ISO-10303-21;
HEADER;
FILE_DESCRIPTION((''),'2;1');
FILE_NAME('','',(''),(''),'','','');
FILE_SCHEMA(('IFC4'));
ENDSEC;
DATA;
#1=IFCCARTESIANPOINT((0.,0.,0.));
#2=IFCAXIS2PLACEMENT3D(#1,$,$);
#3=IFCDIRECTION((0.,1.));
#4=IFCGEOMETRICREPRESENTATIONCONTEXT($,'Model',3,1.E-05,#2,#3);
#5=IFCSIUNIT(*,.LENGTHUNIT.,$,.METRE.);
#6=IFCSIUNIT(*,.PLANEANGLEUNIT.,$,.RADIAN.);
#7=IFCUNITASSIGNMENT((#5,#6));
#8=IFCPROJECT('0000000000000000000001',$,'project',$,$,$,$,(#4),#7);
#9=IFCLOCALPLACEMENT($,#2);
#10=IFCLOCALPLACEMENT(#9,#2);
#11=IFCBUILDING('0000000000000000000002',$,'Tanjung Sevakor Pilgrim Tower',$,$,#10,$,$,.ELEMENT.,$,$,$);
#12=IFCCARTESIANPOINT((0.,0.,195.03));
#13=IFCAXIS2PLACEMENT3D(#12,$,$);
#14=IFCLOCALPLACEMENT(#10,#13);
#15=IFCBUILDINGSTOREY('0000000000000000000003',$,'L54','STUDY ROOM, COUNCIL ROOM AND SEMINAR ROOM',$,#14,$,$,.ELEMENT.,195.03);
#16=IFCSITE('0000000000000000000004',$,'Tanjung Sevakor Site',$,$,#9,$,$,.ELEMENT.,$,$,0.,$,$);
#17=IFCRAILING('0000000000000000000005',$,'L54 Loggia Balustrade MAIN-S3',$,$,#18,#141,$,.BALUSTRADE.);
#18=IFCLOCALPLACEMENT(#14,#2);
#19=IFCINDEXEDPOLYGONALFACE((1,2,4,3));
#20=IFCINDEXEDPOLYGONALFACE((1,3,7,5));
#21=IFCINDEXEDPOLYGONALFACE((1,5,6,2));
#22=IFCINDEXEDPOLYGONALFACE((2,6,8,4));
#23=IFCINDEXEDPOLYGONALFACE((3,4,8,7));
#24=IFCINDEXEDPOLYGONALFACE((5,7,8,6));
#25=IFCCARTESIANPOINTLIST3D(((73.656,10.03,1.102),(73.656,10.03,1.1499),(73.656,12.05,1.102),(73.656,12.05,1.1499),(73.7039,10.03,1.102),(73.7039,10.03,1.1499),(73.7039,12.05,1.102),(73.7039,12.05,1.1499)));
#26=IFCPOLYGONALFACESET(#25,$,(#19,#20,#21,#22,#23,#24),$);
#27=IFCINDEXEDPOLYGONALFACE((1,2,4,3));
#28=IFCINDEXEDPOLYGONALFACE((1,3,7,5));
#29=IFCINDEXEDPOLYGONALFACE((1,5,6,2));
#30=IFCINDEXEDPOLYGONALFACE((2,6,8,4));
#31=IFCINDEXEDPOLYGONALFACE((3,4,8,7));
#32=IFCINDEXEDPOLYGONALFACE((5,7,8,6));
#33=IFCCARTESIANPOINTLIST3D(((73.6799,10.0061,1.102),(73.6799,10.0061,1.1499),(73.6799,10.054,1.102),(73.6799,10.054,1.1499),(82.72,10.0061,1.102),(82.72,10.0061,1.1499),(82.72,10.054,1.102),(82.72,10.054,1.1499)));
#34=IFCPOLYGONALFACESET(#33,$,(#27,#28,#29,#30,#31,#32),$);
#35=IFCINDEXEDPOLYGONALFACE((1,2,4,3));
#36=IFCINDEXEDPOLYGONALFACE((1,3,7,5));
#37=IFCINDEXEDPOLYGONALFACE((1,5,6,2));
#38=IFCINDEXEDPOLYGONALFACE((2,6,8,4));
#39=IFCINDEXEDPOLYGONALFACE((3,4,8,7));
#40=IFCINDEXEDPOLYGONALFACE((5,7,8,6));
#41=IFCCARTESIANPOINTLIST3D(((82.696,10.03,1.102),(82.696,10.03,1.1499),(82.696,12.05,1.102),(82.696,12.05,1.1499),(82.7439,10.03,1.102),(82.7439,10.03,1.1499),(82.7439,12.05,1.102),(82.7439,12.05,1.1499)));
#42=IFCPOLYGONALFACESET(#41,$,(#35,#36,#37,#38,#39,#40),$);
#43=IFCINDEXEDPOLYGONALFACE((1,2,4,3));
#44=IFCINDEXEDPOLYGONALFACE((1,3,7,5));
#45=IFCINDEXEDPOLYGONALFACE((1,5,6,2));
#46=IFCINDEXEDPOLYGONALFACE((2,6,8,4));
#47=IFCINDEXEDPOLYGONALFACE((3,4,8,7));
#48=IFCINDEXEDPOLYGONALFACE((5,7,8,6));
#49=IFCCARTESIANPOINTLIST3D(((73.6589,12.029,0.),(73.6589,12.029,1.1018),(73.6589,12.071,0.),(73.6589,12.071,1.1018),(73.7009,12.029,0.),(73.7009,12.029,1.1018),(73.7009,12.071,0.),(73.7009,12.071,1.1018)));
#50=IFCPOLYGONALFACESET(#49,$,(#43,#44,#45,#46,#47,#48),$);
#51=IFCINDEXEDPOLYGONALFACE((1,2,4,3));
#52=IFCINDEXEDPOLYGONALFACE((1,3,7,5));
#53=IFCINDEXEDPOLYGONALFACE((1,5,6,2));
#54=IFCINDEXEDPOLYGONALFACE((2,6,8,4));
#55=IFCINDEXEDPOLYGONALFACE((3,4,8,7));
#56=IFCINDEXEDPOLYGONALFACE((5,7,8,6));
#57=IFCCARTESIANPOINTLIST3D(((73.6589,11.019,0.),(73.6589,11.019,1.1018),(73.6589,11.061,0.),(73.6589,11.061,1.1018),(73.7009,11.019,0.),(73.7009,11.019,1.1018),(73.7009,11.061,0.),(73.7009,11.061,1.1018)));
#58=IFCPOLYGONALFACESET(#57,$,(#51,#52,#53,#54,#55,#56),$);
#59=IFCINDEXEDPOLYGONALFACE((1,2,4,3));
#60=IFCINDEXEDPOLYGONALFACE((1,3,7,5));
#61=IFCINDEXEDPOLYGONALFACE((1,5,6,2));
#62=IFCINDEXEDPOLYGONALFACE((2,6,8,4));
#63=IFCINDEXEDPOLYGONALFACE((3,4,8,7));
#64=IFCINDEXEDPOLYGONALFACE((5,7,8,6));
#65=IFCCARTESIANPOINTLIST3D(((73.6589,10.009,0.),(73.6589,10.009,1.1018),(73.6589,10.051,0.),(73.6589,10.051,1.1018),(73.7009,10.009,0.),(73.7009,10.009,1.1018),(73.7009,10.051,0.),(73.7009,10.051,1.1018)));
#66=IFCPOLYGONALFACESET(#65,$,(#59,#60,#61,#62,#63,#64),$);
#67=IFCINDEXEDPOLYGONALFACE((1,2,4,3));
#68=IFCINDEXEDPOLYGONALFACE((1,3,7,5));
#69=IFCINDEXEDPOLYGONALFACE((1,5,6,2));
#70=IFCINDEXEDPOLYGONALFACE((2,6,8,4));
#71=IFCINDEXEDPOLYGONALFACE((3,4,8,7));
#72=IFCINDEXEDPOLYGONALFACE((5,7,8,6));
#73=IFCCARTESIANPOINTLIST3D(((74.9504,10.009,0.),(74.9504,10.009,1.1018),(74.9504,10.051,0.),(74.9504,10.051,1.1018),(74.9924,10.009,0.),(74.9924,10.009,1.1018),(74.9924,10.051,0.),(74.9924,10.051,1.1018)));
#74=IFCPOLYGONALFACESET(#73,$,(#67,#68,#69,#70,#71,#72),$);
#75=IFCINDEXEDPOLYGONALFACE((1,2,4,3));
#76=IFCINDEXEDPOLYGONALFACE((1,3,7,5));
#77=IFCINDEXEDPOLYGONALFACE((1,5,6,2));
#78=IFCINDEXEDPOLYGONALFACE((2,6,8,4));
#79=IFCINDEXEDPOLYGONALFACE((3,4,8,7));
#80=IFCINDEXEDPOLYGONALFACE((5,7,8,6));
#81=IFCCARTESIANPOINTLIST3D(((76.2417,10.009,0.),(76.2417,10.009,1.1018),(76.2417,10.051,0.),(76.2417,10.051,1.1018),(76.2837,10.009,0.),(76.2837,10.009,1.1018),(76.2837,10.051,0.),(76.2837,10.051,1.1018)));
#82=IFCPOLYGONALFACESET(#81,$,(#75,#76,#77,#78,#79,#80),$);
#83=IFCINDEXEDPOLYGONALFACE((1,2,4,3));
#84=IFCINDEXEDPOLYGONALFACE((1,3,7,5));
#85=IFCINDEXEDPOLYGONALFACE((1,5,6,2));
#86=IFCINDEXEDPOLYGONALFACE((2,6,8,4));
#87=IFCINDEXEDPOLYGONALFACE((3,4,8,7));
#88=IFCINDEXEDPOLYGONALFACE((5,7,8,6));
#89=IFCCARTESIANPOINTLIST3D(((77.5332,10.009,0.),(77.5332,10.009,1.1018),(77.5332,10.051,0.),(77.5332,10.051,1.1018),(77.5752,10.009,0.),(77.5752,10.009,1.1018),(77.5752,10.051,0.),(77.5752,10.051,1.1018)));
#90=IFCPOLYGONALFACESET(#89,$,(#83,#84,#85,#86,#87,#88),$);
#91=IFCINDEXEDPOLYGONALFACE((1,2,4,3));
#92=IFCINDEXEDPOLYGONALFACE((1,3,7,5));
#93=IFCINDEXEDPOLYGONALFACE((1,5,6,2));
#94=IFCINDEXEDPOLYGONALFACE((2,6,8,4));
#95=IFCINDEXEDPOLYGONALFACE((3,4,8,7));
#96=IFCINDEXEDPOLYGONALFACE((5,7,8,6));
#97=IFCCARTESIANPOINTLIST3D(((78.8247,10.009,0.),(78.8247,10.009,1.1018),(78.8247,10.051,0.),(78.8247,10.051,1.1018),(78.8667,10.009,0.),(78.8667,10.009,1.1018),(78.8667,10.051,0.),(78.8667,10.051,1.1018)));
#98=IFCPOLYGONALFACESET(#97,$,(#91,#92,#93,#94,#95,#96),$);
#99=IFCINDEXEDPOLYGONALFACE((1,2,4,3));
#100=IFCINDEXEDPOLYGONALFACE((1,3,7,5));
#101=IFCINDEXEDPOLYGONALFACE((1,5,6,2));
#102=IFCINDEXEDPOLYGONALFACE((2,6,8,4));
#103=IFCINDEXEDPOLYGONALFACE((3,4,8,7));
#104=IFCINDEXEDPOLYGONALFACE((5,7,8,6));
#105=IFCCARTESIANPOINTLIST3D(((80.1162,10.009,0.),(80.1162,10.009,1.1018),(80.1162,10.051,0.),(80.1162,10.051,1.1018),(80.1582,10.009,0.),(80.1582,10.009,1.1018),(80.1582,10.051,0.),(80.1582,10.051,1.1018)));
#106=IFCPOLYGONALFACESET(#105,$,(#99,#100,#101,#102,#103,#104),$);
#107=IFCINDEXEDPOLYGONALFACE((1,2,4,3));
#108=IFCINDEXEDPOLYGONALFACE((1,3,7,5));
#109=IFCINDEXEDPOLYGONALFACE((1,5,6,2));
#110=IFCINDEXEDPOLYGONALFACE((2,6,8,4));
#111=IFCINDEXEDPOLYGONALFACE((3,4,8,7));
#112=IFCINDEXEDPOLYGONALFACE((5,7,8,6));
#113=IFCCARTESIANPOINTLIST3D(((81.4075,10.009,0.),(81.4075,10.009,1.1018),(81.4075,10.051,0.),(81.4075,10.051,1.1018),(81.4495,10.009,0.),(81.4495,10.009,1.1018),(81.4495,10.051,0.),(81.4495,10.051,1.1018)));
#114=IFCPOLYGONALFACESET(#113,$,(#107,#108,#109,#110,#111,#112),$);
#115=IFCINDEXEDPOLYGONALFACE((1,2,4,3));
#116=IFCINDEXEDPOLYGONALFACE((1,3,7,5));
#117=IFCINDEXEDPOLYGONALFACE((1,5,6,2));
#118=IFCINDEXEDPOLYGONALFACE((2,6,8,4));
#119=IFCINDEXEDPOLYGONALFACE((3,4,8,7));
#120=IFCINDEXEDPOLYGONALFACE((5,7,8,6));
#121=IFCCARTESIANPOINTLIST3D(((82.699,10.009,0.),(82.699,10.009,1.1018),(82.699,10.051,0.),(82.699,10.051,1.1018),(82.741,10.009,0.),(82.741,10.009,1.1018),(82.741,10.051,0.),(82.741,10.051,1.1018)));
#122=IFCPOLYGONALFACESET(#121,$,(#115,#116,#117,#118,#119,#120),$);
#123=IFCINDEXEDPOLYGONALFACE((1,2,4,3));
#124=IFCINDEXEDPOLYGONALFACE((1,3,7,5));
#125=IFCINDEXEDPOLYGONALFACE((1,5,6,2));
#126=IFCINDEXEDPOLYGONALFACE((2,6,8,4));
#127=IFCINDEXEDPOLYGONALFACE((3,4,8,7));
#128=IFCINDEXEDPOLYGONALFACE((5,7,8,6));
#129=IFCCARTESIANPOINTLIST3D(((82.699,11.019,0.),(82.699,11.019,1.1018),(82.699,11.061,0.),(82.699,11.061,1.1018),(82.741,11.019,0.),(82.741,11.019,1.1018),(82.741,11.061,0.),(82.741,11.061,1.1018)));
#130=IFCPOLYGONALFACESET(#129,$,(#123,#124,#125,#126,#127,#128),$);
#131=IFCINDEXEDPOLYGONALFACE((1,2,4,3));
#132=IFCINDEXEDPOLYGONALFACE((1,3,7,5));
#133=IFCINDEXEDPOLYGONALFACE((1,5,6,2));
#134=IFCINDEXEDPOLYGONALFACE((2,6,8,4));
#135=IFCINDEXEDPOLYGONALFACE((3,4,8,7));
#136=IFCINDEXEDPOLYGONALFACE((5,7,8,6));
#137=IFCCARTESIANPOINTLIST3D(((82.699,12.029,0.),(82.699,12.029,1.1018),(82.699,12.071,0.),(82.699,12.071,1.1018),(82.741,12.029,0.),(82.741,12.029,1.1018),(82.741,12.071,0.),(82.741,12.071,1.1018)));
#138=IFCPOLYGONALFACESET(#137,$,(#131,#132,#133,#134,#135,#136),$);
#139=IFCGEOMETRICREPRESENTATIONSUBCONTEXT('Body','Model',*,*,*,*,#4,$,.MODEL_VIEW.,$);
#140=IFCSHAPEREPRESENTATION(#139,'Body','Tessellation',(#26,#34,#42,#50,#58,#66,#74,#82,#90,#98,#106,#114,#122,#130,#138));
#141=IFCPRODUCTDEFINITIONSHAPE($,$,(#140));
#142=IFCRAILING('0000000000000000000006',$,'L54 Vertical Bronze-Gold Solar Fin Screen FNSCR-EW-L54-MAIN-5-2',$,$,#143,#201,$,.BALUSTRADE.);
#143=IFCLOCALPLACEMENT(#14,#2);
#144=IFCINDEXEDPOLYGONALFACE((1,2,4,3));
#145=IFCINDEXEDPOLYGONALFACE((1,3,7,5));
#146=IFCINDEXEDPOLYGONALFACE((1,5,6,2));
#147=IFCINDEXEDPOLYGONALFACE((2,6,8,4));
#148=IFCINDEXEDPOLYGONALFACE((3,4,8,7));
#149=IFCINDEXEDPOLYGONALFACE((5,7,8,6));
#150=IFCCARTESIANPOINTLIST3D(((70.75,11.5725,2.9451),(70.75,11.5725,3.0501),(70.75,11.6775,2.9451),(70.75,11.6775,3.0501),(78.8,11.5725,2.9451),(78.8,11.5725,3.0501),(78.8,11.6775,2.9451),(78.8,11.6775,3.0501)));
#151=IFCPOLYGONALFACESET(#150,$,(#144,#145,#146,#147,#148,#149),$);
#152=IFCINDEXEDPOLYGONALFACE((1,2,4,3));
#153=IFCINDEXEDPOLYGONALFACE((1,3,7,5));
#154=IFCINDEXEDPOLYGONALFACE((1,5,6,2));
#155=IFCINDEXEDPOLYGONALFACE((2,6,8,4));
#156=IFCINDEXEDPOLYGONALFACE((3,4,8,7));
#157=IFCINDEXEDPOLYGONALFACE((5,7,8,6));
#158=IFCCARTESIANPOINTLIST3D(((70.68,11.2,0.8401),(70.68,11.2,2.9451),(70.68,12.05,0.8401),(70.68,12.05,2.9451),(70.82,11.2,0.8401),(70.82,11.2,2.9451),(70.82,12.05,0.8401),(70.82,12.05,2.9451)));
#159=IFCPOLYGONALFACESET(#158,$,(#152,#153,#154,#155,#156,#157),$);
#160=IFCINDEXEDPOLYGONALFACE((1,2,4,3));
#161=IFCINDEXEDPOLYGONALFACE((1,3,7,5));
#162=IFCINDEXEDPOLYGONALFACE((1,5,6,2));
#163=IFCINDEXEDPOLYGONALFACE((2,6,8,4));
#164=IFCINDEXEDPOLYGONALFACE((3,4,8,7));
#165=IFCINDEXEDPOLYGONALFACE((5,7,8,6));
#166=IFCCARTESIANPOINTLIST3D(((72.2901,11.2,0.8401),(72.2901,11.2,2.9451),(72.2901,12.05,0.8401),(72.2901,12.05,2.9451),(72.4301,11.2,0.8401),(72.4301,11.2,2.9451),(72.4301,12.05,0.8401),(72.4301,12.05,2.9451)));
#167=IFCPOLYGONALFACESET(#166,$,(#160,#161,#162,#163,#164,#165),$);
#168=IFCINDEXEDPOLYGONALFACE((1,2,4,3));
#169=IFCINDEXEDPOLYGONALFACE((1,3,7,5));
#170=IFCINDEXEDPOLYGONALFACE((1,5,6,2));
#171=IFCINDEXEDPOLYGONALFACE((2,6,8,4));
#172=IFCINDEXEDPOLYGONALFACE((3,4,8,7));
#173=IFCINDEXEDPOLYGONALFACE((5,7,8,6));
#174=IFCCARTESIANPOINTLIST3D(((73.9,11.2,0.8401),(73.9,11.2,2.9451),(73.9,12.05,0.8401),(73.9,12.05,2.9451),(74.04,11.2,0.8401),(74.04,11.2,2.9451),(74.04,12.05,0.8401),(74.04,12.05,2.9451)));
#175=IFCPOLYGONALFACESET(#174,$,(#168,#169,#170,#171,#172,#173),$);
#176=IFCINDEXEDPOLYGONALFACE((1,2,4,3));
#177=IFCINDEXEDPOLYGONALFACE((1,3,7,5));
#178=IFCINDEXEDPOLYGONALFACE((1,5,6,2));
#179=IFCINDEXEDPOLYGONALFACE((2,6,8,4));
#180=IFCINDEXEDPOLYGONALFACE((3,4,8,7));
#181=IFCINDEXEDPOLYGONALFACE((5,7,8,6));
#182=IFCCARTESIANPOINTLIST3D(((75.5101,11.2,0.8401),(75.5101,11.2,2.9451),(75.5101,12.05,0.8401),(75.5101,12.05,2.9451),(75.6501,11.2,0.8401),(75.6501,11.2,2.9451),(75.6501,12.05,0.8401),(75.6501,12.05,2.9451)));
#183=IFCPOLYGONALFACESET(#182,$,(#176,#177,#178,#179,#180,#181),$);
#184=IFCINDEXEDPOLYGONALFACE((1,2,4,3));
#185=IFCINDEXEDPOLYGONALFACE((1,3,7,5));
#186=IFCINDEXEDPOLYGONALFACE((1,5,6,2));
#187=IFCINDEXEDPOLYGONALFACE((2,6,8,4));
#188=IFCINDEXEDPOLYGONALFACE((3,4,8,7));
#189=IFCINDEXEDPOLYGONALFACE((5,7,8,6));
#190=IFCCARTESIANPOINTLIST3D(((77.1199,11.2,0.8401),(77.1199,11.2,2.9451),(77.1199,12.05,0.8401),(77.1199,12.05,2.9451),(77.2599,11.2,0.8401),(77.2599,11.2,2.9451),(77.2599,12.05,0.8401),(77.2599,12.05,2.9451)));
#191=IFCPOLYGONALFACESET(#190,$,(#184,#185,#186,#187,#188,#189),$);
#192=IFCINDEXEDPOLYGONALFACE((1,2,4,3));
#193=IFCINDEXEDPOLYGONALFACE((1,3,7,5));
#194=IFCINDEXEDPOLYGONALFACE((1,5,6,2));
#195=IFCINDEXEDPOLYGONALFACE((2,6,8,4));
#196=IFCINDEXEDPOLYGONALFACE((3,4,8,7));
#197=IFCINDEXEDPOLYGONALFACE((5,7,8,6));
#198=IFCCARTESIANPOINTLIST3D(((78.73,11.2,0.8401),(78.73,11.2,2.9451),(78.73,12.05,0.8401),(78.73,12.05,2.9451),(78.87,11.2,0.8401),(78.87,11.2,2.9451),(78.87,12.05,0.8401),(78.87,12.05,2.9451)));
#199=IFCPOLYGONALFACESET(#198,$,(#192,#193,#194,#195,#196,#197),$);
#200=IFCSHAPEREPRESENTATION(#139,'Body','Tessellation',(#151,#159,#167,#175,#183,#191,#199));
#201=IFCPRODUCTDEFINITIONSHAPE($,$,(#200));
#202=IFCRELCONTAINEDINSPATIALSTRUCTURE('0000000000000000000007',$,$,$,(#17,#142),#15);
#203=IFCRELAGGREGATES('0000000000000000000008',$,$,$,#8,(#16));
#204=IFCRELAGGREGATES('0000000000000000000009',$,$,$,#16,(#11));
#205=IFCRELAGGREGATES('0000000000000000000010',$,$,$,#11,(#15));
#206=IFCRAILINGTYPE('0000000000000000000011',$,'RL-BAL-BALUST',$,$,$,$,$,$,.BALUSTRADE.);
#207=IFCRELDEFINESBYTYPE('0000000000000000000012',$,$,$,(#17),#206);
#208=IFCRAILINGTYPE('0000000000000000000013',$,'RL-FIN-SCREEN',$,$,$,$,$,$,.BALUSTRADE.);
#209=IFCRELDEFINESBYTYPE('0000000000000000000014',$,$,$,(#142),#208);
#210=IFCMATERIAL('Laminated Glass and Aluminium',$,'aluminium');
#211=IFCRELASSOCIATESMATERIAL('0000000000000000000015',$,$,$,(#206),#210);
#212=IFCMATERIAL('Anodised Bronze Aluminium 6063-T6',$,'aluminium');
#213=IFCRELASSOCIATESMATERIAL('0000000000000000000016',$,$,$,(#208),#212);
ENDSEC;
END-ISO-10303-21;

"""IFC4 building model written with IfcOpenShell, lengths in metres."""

from ifc_helpers import new_model, si_unit, direction, frame, origin, place, context, subcontext, project, spatial, rectangle, extrude, material, type_object, element, save


model = new_model("IFC4")

# Units and contexts
model_context = context("Model", 3, precision=1e-05, world=origin(), true_north=direction((0.0, 1.0)))
body_context = subcontext(model_context, "Body", "Model", "MODEL_VIEW")
ifc_project = project(units=[si_unit("LENGTHUNIT", "METRE"), si_unit("PLANEANGLEUNIT", "RADIAN")], contexts=[model_context])

# Site, building, storey
site_placement = place(None, origin())
site = spatial("IfcSite", under=ifc_project, at=site_placement, Name="Tanjung Sevakor Site", CompositionType="ELEMENT", RefElevation=0.0)
building_placement = place(site_placement, origin())
building = spatial("IfcBuilding", under=site, at=building_placement, Name="Tanjung Sevakor Pilgrim Tower", CompositionType="ELEMENT")
storey_placement = place(building_placement, frame((0.0, 0.0, 195.03)))
storey = spatial("IfcBuildingStorey", under=building, at=storey_placement, Name="L54", Description="STUDY ROOM, COUNCIL ROOM AND SEMINAR ROOM", CompositionType="ELEMENT", Elevation=195.03)

# Railings
ifc_material_1 = material(Name="Laminated Glass and Aluminium", Category="aluminium")
railing_type_1 = type_object("IfcRailingType", Name="RL-BAL-BALUST", PredefinedType="BALUSTRADE", material=ifc_material_1)
railing_1_placement = place(storey_placement, frame((73.6799, 12.05, 0.0)))
element("IfcRailing", 1, at=railing_1_placement, inside=storey, type_object=railing_type_1, Name="L54 Loggia Balustrade MAIN-S3", PredefinedType="BALUSTRADE", context=body_context, shape_type="SweptSolid", body=[
    extrude(rectangle(XDim=0.0479, YDim=0.0479), frame((0.0, 0.0, 1.126), z_axis=(0.0, -1.0, 0.0), x_axis=(1.0, 0.0, 0.0)), (0.0, 0.0, 1.0), 2.02),
    extrude(rectangle(XDim=0.0479, YDim=0.0479), frame((0.0, -2.02, 1.126), z_axis=(1.0, 0.0, 0.0), x_axis=(0.0, 1.0, 0.0)), (0.0, 0.0, 1.0), 9.04),
    extrude(rectangle(XDim=0.0479, YDim=0.0479), frame((9.04, -2.02, 1.126), z_axis=(0.0, 1.0, 0.0), x_axis=(-1.0, 0.0, 0.0)), (0.0, 0.0, 1.0), 2.02),
    extrude(rectangle(XDim=0.042, YDim=0.042), origin(), (0.0, 0.0, 1.0), 1.1018),
    extrude(rectangle(XDim=0.042, YDim=0.042), frame((0.0, -1.01, 0.0)), (0.0, 0.0, 1.0), 1.1018),
    extrude(rectangle(XDim=0.042, YDim=0.042), frame((0.0, -2.02, 0.0)), (0.0, 0.0, 1.0), 1.1018),
    extrude(rectangle(XDim=0.042, YDim=0.042), frame((1.2915, -2.02, 0.0)), (0.0, 0.0, 1.0), 1.1018),
    extrude(rectangle(XDim=0.042, YDim=0.042), frame((2.5828, -2.02, 0.0)), (0.0, 0.0, 1.0), 1.1018),
    extrude(rectangle(XDim=0.042, YDim=0.042), frame((3.8743, -2.02, 0.0)), (0.0, 0.0, 1.0), 1.1018),
    extrude(rectangle(XDim=0.042, YDim=0.042), frame((5.1658, -2.02, 0.0)), (0.0, 0.0, 1.0), 1.1018),
    extrude(rectangle(XDim=0.042, YDim=0.042), frame((6.4573, -2.02, 0.0)), (0.0, 0.0, 1.0), 1.1018),
    extrude(rectangle(XDim=0.042, YDim=0.042), frame((7.7485, -2.02, 0.0)), (0.0, 0.0, 1.0), 1.1018),
    extrude(rectangle(XDim=0.042, YDim=0.042), frame((9.04, -2.02, 0.0)), (0.0, 0.0, 1.0), 1.1018),
    extrude(rectangle(XDim=0.042, YDim=0.042), frame((9.04, -1.01, 0.0)), (0.0, 0.0, 1.0), 1.1018),
    extrude(rectangle(XDim=0.042, YDim=0.042), frame((9.04, 0.0, 0.0)), (0.0, 0.0, 1.0), 1.1018),
])
ifc_material_2 = material(Name="Anodised Bronze Aluminium 6063-T6", Category="aluminium")
railing_type_2 = type_object("IfcRailingType", Name="RL-FIN-SCREEN", PredefinedType="BALUSTRADE", material=ifc_material_2)
railing_2_placement = place(storey_placement, frame((70.75, 11.625, 0.8401)))
element("IfcRailing", 2, at=railing_2_placement, inside=storey, type_object=railing_type_2, Name="L54 Vertical Bronze-Gold Solar Fin Screen FNSCR-EW-L54-MAIN-5-2", PredefinedType="BALUSTRADE", context=body_context, shape_type="SweptSolid", body=[
    extrude(rectangle(XDim=0.105, YDim=0.105), frame((0.0, 0.0, 2.1575), z_axis=(1.0, 0.0, 0.0), x_axis=(0.0, 1.0, 0.0)), (0.0, 0.0, 1.0), 8.05),
    extrude(rectangle(XDim=0.14, YDim=0.85), origin(), (0.0, 0.0, 1.0), 2.105),
    extrude(rectangle(XDim=0.14, YDim=0.85), frame((1.6101, 0.0, 0.0)), (0.0, 0.0, 1.0), 2.105),
    extrude(rectangle(XDim=0.14, YDim=0.85), frame((3.22, 0.0, 0.0)), (0.0, 0.0, 1.0), 2.105),
    extrude(rectangle(XDim=0.14, YDim=0.85), frame((4.8301, 0.0, 0.0)), (0.0, 0.0, 1.0), 2.105),
    extrude(rectangle(XDim=0.14, YDim=0.85), frame((6.4399, 0.0, 0.0)), (0.0, 0.0, 1.0), 2.105),
    extrude(rectangle(XDim=0.14, YDim=0.85), frame((8.05, 0.0, 0.0)), (0.0, 0.0, 1.0), 2.105),
])

save(model, "model.ifc")
